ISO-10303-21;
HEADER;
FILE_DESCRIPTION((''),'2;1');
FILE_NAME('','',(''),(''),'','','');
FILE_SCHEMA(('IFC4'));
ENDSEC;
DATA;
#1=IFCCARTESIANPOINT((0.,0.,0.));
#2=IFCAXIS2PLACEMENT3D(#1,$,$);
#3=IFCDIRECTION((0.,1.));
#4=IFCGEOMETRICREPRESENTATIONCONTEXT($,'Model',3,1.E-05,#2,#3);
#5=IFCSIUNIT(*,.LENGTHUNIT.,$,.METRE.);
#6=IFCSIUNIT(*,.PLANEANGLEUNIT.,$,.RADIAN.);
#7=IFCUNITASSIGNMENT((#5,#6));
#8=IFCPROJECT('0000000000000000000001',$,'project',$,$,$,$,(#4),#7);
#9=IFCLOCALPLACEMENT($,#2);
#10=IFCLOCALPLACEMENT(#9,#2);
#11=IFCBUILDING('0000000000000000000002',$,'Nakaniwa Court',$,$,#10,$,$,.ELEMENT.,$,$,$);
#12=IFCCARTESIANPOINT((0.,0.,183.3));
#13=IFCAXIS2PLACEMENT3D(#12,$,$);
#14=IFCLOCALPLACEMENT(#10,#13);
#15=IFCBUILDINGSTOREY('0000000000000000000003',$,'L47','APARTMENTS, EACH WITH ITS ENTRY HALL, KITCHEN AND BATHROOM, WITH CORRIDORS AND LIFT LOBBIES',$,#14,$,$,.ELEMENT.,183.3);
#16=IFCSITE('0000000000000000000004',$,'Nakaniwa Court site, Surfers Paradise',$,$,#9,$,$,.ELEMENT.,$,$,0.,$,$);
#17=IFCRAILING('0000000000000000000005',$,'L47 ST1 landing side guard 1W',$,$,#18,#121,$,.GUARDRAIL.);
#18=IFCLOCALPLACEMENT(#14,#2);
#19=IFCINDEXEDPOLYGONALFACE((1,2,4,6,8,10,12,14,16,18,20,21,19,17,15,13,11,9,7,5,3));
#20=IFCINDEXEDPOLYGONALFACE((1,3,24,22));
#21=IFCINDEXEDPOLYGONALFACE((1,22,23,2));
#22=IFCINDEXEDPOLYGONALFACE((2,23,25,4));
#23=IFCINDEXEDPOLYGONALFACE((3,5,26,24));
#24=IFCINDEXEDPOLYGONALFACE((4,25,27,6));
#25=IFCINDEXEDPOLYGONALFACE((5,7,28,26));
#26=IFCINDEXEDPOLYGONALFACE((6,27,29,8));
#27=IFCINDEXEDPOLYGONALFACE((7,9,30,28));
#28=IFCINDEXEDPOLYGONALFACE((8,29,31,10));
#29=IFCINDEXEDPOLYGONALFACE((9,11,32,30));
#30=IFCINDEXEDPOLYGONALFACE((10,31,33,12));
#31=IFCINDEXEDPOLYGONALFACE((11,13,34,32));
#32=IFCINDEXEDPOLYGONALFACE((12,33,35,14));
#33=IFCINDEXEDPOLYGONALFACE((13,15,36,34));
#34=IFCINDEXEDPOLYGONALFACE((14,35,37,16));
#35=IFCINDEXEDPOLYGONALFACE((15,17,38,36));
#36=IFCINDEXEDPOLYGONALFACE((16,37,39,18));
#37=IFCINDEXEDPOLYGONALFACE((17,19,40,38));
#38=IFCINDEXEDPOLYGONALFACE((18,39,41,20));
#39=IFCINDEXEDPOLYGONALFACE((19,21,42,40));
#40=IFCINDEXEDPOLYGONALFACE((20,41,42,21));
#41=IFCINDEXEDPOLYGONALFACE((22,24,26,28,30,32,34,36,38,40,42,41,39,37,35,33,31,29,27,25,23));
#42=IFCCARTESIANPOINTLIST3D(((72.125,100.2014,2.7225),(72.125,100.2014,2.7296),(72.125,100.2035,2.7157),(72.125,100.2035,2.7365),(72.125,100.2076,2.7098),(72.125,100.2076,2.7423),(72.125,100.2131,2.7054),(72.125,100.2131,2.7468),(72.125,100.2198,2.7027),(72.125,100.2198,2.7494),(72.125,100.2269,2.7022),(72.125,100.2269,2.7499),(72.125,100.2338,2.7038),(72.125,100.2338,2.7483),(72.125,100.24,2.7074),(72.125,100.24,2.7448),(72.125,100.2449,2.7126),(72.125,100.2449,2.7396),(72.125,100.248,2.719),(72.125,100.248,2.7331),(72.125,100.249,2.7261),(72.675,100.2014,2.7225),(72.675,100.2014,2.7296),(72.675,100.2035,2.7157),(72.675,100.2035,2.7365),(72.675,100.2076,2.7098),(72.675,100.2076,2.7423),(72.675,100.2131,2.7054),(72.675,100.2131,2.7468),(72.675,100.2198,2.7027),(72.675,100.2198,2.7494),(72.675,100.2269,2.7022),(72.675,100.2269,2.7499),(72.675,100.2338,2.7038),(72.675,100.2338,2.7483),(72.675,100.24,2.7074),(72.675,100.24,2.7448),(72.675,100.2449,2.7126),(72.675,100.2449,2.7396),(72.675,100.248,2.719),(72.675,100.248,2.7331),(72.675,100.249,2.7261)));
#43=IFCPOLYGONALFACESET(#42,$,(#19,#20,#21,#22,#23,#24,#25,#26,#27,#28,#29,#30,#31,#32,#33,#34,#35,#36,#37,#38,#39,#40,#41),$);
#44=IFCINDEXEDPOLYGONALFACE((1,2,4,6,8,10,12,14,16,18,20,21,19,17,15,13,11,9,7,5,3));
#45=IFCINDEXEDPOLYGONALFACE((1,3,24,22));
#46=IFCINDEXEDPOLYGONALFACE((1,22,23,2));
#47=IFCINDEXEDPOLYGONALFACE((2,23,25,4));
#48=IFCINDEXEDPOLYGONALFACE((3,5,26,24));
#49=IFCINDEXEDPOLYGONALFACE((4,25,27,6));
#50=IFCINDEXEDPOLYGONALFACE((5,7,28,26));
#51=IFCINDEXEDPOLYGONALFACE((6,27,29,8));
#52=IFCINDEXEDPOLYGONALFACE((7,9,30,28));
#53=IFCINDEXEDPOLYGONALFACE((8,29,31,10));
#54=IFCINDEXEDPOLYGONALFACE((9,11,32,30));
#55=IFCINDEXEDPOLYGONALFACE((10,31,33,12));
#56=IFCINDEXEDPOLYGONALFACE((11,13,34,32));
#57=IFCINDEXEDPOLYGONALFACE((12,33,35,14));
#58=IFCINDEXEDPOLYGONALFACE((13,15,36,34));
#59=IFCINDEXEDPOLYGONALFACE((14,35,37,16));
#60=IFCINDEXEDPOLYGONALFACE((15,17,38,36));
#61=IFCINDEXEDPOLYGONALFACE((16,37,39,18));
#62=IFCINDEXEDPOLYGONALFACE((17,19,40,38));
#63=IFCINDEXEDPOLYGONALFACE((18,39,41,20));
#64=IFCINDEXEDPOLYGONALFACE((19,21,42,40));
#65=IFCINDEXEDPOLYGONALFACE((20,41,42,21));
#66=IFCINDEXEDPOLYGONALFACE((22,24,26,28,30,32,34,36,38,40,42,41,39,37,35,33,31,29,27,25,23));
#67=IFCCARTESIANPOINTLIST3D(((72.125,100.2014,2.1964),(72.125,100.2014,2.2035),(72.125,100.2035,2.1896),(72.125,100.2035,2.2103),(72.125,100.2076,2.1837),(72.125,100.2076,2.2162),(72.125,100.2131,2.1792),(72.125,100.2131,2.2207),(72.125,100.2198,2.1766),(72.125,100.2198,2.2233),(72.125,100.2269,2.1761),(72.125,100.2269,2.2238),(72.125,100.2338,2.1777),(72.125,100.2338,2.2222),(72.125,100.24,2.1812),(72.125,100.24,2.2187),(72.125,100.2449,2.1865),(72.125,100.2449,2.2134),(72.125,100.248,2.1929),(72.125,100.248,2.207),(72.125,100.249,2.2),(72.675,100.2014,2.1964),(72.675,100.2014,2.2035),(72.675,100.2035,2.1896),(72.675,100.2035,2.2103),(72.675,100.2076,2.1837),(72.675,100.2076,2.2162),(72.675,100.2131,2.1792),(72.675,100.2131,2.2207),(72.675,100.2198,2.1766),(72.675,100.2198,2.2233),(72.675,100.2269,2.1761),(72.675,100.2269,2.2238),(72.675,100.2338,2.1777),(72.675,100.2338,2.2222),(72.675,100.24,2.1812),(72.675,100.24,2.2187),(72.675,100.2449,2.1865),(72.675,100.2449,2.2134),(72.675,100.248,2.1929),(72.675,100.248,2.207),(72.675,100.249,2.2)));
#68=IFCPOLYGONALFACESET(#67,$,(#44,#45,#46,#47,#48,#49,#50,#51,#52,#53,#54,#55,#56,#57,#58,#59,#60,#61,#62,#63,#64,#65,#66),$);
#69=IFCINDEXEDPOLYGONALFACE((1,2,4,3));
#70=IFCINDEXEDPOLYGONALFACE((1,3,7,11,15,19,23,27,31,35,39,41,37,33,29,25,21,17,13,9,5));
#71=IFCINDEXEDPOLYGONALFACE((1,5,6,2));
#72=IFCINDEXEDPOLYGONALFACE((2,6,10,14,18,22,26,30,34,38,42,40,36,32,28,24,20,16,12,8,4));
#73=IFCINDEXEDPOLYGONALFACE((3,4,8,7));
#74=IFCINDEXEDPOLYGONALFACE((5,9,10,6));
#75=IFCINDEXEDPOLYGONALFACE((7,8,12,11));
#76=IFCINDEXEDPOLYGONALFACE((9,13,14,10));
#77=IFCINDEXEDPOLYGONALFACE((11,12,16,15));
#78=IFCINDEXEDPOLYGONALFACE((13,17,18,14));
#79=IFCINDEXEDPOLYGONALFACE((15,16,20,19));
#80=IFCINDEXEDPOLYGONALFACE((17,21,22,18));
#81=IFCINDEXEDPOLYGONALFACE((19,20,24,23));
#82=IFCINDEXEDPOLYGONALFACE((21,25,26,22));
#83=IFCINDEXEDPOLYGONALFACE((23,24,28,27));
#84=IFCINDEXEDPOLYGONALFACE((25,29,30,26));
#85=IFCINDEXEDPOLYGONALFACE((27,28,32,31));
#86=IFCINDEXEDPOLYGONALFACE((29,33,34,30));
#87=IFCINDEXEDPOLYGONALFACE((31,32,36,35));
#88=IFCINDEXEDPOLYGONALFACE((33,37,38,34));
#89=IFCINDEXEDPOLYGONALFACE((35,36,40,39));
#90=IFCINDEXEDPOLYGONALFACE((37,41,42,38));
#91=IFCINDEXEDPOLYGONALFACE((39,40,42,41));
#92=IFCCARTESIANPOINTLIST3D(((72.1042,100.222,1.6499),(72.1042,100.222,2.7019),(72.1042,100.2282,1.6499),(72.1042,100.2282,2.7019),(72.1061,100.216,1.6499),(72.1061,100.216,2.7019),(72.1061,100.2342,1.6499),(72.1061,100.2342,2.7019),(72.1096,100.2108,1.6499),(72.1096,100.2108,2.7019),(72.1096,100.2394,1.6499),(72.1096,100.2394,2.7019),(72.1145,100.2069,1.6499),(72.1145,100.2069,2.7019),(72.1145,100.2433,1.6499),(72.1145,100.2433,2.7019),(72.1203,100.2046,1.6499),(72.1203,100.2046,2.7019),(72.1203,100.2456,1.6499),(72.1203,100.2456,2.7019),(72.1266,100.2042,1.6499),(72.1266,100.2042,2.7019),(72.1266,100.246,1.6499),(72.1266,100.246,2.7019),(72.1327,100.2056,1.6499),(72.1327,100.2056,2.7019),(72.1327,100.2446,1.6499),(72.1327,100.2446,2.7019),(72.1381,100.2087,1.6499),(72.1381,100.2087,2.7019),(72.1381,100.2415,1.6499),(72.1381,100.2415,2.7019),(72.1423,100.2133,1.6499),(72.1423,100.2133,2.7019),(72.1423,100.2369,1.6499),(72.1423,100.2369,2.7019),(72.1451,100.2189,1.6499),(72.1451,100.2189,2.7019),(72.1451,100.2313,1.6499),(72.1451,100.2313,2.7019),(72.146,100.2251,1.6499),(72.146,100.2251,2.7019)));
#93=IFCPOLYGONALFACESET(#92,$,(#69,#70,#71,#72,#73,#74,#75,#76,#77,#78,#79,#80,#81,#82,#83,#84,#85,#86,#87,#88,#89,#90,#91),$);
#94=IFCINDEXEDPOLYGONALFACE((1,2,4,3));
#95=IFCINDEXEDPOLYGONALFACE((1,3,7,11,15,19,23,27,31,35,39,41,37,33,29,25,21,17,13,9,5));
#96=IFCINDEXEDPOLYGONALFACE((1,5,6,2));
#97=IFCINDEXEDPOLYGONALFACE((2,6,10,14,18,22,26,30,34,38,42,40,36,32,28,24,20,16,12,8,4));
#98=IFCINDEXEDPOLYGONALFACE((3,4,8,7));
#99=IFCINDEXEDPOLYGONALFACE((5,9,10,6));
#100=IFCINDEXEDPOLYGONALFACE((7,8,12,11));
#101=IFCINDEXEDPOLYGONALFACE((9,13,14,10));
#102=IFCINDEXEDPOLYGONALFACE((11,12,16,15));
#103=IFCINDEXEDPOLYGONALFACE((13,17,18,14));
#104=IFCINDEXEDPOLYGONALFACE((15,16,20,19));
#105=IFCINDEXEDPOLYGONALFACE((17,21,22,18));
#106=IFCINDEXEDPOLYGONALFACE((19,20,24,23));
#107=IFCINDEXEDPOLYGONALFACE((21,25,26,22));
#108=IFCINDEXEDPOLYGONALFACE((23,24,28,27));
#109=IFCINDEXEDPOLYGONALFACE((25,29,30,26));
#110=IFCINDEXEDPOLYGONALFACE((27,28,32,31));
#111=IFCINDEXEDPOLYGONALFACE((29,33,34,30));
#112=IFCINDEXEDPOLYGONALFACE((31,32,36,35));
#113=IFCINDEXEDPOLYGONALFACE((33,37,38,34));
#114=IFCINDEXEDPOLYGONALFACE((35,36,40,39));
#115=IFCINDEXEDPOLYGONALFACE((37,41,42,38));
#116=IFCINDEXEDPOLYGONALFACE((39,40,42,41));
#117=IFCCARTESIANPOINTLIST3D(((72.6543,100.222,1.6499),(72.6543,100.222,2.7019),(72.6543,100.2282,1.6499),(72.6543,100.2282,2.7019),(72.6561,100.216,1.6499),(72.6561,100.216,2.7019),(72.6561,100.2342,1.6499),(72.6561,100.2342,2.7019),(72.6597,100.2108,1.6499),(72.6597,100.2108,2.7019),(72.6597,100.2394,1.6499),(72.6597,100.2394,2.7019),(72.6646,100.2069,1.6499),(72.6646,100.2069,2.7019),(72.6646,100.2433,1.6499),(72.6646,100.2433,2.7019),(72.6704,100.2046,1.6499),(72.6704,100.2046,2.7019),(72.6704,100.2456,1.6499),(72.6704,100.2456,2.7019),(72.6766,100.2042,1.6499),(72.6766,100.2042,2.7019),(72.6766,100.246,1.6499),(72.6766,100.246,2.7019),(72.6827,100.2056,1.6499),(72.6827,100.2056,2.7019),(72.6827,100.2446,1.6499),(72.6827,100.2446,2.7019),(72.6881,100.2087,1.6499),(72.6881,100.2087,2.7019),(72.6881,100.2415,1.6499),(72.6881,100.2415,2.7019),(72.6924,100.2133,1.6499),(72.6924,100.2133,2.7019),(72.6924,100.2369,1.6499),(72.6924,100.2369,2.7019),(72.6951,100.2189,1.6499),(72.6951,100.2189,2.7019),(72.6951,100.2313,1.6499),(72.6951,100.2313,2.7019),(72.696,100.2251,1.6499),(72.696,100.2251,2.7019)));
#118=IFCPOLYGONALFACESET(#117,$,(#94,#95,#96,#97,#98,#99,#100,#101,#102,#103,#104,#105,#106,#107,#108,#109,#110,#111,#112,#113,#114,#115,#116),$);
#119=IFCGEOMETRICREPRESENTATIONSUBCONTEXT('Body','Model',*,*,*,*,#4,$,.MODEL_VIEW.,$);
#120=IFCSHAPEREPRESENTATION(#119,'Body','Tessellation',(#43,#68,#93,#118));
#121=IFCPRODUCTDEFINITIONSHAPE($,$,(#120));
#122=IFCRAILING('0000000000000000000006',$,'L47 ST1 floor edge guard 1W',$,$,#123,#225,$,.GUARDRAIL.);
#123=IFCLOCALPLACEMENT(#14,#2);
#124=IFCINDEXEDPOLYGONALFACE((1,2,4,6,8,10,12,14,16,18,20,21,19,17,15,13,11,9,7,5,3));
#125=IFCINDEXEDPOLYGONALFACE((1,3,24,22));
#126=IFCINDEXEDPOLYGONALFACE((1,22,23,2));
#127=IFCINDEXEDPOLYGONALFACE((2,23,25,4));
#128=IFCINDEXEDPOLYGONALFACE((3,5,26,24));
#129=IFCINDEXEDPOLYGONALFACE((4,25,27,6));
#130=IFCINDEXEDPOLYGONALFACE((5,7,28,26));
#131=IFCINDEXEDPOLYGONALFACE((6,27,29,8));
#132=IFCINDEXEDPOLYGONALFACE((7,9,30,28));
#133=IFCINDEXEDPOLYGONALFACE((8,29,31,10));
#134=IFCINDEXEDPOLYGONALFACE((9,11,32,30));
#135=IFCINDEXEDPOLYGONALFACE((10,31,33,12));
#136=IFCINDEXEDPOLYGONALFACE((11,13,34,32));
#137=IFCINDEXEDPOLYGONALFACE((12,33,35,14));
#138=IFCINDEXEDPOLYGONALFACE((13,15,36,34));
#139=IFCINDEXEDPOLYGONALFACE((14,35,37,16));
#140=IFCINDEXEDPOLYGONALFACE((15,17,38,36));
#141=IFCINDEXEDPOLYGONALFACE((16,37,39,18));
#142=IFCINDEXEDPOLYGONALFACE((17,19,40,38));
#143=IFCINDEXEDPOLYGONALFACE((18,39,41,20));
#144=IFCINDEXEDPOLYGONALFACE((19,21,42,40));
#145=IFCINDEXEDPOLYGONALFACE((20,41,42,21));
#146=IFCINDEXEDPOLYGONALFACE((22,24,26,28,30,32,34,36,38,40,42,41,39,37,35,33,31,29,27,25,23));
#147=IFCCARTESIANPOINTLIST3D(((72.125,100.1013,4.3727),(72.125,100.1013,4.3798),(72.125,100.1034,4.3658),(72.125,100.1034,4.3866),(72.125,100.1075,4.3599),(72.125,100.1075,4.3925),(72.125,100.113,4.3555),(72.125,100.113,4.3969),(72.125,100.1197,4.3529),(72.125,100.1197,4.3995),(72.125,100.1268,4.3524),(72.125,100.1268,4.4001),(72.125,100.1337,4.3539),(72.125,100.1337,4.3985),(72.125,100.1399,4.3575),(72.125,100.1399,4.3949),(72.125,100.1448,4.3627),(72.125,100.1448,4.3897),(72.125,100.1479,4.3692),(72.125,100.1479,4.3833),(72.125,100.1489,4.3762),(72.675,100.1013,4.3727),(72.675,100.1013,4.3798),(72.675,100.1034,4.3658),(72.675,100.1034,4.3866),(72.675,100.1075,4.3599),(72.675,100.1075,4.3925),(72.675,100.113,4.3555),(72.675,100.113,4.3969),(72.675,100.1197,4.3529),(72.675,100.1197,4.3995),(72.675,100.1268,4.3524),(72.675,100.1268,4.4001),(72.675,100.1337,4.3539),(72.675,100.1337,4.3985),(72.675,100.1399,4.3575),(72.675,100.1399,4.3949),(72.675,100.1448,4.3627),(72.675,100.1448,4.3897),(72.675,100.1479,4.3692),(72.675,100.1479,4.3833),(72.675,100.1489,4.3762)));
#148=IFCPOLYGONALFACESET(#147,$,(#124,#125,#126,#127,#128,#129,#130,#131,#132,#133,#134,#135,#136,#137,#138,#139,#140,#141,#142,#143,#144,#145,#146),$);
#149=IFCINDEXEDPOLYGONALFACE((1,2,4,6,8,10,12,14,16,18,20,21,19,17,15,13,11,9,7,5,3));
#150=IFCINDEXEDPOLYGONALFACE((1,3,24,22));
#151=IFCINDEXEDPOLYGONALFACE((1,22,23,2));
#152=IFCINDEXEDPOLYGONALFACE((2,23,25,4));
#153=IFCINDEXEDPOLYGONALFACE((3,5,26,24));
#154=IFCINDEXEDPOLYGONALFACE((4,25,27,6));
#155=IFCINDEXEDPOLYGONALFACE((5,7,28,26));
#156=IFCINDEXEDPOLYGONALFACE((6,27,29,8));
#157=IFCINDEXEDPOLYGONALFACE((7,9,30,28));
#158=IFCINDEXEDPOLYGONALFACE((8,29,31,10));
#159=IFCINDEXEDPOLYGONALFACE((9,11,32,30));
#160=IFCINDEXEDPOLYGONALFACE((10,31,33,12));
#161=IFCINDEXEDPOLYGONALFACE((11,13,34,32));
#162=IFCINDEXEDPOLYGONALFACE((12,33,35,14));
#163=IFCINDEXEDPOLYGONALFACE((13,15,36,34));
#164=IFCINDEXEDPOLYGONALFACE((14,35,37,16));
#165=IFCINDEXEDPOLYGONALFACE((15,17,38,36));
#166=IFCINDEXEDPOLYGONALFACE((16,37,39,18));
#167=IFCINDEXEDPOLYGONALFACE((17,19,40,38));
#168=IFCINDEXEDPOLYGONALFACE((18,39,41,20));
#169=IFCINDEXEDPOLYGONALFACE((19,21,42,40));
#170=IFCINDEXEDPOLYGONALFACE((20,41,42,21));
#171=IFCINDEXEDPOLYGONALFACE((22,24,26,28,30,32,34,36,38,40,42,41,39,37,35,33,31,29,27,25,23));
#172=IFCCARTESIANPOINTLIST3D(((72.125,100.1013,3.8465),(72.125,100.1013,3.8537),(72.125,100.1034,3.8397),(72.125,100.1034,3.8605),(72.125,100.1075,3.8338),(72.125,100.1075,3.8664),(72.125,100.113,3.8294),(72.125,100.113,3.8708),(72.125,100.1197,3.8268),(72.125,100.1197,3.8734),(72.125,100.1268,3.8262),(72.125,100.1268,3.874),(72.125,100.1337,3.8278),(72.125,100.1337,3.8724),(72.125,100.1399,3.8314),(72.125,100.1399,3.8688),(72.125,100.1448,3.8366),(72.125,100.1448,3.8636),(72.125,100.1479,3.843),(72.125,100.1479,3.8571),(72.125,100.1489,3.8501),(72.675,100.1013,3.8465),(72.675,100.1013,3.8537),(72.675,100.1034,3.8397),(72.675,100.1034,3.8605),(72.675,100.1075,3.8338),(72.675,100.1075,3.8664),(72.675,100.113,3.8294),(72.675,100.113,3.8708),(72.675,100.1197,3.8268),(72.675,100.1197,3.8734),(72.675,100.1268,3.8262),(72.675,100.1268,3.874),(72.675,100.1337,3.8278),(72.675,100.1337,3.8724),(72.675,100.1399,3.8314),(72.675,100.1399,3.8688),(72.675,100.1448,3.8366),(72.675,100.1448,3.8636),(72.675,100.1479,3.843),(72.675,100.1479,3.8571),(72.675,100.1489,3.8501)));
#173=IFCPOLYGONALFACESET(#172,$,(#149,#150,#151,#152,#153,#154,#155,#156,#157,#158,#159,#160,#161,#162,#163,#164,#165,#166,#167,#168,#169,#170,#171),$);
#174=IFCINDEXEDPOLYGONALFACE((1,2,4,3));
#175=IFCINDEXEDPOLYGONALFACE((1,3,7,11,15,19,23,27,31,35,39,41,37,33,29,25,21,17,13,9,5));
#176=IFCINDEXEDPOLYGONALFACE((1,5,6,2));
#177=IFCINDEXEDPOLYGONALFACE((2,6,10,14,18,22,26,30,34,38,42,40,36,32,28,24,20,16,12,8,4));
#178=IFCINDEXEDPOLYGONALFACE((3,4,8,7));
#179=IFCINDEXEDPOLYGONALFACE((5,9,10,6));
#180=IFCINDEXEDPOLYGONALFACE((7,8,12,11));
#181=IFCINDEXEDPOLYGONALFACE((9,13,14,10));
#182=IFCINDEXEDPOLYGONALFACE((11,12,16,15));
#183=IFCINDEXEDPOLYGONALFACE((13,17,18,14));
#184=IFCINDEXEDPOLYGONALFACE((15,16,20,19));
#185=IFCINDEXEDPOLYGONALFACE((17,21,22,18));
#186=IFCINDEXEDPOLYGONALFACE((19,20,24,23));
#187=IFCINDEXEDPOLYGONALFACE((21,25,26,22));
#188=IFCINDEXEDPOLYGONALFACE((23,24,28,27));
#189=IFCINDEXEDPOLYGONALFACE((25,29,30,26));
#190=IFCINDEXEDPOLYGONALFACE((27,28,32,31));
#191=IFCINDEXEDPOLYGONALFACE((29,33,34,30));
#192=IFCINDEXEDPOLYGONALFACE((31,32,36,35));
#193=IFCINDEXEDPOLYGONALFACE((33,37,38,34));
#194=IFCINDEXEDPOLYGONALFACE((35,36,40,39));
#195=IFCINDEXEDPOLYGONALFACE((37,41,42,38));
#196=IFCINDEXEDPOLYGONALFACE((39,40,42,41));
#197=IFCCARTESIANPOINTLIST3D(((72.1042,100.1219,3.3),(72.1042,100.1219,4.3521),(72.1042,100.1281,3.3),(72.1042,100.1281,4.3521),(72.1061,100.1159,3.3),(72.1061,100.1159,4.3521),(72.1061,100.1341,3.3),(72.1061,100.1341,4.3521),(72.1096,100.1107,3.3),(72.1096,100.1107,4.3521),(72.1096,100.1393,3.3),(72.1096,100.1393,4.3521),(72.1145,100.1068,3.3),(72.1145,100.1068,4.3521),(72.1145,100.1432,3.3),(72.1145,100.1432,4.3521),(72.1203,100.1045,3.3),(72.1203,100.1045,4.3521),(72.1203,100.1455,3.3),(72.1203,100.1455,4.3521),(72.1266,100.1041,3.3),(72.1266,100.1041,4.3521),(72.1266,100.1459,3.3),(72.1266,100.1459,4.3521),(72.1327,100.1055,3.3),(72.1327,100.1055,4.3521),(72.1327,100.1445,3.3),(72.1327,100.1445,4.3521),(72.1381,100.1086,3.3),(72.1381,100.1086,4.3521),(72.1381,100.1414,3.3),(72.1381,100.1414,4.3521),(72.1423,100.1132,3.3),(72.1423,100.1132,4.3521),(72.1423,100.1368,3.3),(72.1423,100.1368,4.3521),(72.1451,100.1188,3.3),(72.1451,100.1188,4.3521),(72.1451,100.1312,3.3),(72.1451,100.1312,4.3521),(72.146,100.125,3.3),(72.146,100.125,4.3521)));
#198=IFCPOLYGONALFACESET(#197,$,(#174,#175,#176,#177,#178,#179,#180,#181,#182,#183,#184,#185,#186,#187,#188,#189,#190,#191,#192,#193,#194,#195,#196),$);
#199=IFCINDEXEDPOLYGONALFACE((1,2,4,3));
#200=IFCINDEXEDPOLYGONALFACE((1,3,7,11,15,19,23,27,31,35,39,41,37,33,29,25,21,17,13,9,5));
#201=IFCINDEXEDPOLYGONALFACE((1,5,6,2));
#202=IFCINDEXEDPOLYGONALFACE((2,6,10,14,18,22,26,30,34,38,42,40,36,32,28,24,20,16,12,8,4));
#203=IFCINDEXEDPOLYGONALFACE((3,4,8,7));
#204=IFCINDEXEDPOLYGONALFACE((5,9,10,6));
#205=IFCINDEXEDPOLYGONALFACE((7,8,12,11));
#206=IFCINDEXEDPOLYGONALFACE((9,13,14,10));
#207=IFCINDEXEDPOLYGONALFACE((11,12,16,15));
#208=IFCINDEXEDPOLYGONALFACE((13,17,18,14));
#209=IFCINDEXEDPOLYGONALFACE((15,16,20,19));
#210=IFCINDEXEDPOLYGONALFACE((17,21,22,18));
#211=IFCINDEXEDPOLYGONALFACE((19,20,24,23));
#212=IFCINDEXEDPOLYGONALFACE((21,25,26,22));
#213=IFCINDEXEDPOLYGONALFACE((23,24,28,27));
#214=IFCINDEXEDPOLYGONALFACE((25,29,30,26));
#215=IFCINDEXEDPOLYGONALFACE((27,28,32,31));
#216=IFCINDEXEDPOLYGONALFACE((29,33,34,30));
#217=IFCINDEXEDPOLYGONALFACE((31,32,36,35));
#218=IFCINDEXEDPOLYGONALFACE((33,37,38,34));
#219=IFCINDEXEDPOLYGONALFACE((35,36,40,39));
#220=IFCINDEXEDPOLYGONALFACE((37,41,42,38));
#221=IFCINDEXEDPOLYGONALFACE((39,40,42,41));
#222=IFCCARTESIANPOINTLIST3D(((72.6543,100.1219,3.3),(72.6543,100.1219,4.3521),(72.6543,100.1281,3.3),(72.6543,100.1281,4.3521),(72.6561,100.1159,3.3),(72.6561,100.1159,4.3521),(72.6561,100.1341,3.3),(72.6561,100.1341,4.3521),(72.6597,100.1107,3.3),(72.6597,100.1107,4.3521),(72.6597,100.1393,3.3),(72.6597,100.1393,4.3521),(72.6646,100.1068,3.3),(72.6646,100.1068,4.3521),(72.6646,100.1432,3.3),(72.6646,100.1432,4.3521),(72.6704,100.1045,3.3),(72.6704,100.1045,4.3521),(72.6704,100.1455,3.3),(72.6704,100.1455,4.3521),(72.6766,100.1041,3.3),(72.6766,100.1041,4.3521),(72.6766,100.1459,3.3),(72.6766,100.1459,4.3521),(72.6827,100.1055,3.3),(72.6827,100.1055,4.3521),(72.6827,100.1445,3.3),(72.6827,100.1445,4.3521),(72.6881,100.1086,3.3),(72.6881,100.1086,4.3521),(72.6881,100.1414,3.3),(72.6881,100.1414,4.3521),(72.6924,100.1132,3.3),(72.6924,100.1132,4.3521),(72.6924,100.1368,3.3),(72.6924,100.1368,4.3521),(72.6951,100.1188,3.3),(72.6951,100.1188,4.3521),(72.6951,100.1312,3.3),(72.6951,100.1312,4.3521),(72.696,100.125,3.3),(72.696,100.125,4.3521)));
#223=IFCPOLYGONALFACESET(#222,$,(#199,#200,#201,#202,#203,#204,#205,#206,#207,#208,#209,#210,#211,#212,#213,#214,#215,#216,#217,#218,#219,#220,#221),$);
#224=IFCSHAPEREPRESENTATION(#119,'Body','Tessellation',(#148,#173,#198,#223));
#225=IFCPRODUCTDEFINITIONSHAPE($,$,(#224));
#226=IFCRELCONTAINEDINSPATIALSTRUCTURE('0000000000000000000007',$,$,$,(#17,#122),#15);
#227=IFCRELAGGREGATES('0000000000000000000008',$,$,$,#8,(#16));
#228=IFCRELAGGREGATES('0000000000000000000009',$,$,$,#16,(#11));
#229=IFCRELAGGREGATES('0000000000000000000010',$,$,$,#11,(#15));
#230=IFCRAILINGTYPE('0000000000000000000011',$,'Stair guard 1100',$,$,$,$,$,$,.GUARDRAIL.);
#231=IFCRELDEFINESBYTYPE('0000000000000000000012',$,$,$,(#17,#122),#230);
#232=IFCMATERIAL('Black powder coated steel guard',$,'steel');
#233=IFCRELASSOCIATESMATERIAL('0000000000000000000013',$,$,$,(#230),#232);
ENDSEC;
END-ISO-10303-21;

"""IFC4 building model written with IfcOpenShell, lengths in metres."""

from ifc_helpers import new_model, si_unit, direction, frame, origin, origin_2d, place, context, subcontext, project, spatial, circle, extrude, material, type_object, element, save


model = new_model("IFC4")

# Units and contexts
model_context = context("Model", 3, precision=1e-05, world=origin(), true_north=direction((0.0, 1.0)))
body_context = subcontext(model_context, "Body", "Model", "MODEL_VIEW")
ifc_project = project(units=[si_unit("LENGTHUNIT", "METRE"), si_unit("PLANEANGLEUNIT", "RADIAN")], contexts=[model_context])

# Site, building, storey
site_placement = place(None, origin())
site = spatial("IfcSite", under=ifc_project, at=site_placement, Name="Nakaniwa Court site, Surfers Paradise", CompositionType="ELEMENT", RefElevation=0.0)
building_placement = place(site_placement, origin())
building = spatial("IfcBuilding", under=site, at=building_placement, Name="Nakaniwa Court", CompositionType="ELEMENT")
storey_placement = place(building_placement, frame((0.0, 0.0, 183.3)))
storey = spatial("IfcBuildingStorey", under=building, at=storey_placement, Name="L47", Description="APARTMENTS, EACH WITH ITS ENTRY HALL, KITCHEN AND BATHROOM, WITH CORRIDORS AND LIFT LOBBIES", CompositionType="ELEMENT", Elevation=183.3)

# Railings
ifc_material_1 = material(Name="Black powder coated steel guard", Category="steel")
railing_type_1 = type_object("IfcRailingType", Name="Stair guard 1100", PredefinedType="GUARDRAIL", material=ifc_material_1)
for number, where, name in (
    (1, (72.125, 100.2251, 1.6499), "L47 ST1 landing side guard 1W"),
    (2, (72.125, 100.125, 3.3), "L47 ST1 floor edge guard 1W"),
):
    element("IfcRailing", number, at=place(storey_placement, frame(where)), inside=storey, type_object=railing_type_1, Name=name, PredefinedType="GUARDRAIL", context=body_context, shape_type="SweptSolid", body=[
        extrude(circle(Radius=0.0239, at=origin_2d()), frame((0.0, 0.0, 1.0762), z_axis=(1.0, 0.0, 0.0), x_axis=(0.0, 1.0, 0.0)), (0.0, 0.0, 1.0), 0.55),
        extrude(circle(Radius=0.0239, at=origin_2d()), frame((0.0, 0.0, 0.55), z_axis=(1.0, 0.0, 0.0), x_axis=(0.0, 1.0, 0.0)), (0.0, 0.0, 1.0), 0.55),
        extrude(circle(Radius=0.021, at=origin_2d()), origin(), (0.0, 0.0, 1.0), 1.052),
        extrude(circle(Radius=0.021, at=origin_2d()), frame((0.55, 0.0, 0.0)), (0.0, 0.0, 1.0), 1.052),
    ])

save(model, "model.ifc")
